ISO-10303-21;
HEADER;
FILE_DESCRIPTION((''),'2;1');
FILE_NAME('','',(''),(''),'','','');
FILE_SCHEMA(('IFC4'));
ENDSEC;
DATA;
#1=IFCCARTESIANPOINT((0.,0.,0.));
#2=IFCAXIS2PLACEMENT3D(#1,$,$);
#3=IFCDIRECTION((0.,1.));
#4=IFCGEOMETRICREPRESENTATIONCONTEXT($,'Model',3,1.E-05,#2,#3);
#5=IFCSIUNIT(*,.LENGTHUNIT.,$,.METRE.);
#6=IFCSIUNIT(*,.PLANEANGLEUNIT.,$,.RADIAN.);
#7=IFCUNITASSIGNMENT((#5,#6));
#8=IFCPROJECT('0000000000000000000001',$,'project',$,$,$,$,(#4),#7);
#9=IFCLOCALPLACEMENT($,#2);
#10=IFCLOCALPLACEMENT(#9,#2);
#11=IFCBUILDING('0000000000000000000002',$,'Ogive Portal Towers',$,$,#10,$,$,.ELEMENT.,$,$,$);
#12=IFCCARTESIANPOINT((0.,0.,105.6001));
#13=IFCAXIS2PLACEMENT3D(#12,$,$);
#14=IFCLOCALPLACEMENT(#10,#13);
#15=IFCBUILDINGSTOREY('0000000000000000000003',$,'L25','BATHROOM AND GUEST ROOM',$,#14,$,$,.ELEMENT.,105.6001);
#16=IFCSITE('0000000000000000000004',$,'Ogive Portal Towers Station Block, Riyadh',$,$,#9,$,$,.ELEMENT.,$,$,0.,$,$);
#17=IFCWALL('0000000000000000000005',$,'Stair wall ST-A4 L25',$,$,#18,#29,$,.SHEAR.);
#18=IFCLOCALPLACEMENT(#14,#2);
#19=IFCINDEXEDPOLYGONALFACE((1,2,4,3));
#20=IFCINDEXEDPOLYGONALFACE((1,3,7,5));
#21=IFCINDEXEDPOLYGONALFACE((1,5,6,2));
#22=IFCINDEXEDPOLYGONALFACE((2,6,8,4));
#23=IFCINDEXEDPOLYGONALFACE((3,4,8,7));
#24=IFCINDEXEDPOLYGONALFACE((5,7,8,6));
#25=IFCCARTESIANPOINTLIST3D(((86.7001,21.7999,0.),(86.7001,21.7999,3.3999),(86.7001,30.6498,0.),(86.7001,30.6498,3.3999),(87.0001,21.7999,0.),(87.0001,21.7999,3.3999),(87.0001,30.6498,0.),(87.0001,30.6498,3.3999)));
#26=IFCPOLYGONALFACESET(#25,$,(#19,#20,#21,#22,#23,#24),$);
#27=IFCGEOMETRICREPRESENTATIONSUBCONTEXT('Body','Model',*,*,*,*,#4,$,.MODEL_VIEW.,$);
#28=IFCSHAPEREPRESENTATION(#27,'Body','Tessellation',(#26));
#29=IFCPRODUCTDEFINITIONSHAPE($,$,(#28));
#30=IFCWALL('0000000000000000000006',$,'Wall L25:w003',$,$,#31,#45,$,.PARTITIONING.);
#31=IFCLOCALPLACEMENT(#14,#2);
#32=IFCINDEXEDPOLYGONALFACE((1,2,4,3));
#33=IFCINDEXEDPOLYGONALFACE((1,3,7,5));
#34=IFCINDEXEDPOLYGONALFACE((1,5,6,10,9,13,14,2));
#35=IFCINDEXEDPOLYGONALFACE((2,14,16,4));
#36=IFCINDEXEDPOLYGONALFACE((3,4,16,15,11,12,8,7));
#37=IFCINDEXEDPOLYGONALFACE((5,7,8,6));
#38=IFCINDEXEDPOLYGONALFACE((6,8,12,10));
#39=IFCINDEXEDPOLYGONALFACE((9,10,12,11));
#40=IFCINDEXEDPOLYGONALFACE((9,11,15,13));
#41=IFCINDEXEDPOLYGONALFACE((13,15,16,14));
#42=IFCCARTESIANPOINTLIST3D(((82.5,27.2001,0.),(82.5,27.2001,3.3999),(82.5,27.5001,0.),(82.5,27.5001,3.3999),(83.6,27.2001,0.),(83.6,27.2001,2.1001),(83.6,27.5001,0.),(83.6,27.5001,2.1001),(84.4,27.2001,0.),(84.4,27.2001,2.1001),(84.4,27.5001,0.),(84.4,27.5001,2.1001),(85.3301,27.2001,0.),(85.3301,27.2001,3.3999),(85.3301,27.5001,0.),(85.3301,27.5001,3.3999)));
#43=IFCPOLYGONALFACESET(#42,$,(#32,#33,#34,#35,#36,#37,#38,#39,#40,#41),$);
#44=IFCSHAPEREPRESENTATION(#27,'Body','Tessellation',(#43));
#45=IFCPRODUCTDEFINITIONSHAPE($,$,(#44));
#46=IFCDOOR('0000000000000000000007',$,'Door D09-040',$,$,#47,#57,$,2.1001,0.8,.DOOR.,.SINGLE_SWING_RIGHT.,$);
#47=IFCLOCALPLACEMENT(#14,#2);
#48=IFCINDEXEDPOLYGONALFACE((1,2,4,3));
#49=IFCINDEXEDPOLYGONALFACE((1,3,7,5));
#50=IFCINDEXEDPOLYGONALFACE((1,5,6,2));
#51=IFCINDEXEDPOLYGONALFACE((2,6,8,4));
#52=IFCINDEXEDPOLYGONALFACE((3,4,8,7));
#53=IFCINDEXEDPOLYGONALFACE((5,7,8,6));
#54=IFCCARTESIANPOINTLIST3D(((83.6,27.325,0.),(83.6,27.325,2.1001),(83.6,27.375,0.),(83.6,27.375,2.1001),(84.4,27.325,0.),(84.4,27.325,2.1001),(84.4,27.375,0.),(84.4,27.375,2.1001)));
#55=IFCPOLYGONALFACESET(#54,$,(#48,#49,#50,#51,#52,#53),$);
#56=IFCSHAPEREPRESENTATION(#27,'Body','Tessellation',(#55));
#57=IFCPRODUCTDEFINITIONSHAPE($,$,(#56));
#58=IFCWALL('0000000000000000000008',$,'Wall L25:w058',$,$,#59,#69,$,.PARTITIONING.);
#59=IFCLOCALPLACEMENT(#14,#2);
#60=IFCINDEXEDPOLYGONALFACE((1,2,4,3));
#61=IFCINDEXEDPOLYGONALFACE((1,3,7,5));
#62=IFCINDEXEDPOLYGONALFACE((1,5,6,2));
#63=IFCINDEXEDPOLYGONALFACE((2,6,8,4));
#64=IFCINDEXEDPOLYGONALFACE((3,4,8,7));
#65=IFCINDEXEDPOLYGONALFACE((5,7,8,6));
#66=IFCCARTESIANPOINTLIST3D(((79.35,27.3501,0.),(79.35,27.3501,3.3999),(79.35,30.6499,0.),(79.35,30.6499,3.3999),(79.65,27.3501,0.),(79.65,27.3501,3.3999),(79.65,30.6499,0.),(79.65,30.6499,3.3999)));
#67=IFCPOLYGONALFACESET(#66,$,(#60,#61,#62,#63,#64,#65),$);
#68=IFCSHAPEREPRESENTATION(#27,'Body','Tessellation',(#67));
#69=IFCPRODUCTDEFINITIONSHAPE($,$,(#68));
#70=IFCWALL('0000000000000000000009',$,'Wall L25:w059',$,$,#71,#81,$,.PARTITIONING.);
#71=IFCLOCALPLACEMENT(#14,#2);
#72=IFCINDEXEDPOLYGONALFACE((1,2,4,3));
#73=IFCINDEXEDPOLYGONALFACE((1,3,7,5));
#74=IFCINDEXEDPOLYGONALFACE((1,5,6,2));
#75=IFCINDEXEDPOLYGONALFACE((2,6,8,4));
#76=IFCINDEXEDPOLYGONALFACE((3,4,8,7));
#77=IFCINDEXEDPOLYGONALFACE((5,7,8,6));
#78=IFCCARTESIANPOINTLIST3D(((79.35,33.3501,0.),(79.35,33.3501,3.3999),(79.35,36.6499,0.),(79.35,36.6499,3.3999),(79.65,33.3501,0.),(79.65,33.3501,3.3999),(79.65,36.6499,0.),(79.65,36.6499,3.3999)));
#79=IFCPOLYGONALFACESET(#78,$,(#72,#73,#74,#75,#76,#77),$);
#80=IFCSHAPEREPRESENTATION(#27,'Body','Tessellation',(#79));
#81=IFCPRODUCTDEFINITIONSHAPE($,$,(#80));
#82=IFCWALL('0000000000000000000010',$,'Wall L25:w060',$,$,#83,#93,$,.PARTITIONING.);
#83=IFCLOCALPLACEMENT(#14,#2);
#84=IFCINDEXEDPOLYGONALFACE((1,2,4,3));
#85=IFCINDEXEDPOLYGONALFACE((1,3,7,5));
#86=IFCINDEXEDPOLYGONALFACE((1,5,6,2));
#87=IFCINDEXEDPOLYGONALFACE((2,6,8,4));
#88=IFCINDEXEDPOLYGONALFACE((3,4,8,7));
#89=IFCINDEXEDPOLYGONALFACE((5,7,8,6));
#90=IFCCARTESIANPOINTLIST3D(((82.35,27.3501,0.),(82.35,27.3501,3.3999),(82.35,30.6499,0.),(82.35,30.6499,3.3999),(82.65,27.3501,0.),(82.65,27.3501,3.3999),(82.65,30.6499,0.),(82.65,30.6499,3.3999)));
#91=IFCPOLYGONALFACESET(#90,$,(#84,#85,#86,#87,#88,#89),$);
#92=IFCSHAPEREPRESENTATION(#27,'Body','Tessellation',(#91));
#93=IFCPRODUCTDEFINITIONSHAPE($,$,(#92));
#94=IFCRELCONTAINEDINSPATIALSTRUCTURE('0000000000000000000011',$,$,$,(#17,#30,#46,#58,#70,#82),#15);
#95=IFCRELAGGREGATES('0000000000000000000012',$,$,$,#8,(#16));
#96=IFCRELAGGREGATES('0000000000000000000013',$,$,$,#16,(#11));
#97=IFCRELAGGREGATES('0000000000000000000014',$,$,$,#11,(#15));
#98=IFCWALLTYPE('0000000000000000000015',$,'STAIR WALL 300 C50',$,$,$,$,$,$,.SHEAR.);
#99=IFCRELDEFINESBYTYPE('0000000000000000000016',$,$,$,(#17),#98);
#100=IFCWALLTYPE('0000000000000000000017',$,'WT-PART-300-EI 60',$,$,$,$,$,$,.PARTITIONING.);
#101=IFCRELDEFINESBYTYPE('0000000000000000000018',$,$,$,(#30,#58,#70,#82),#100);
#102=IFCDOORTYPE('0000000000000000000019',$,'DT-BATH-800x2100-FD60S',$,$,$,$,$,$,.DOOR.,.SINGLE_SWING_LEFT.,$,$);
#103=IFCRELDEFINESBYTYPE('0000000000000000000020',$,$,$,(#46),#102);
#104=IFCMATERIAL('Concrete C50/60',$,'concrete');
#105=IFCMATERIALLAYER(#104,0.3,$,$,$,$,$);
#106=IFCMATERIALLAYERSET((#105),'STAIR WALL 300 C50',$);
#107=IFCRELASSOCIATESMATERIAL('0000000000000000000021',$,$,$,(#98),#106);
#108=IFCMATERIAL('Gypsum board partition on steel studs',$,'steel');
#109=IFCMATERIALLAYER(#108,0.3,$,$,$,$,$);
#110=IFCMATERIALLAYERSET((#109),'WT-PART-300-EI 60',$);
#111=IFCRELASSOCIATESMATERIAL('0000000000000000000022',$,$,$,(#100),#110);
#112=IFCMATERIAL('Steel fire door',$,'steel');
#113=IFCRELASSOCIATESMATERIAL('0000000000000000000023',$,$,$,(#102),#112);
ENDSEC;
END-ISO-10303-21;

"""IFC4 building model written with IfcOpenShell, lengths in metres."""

from ifc_helpers import new_model, si_unit, direction, frame, frame_2d, origin, place, context, subcontext, project, spatial, rectangle, extrude, material, layer, layer_set, type_object, element, fill, save


model = new_model("IFC4")

# Units and contexts
model_context = context("Model", 3, precision=1e-05, world=origin(), true_north=direction((0.0, 1.0)))
body_context = subcontext(model_context, "Body", "Model", "MODEL_VIEW")
ifc_project = project(units=[si_unit("LENGTHUNIT", "METRE"), si_unit("PLANEANGLEUNIT", "RADIAN")], contexts=[model_context])

# Site, building, storey
site_placement = place(None, origin())
site = spatial("IfcSite", under=ifc_project, at=site_placement, Name="Ogive Portal Towers Station Block, Riyadh", CompositionType="ELEMENT", RefElevation=0.0)
building_placement = place(site_placement, origin())
building = spatial("IfcBuilding", under=site, at=building_placement, Name="Ogive Portal Towers", CompositionType="ELEMENT")
storey_placement = place(building_placement, frame((0.0, 0.0, 105.6001)))
storey = spatial("IfcBuildingStorey", under=building, at=storey_placement, Name="L25", Description="BATHROOM AND GUEST ROOM", CompositionType="ELEMENT", Elevation=105.6001)

# Shared definitions
ifc_material_1 = material(Name="Steel fire door", Category="steel")

# Shared definitions
ifc_material_2 = material(Name="Concrete C50/60", Category="concrete")
ifc_layer_1 = layer(ifc_material_2, 0.3)
ifc_layer_set_1 = layer_set([ifc_layer_1], Name="STAIR WALL 300 C50")
wall_type_1 = type_object("IfcWallType", Name="STAIR WALL 300 C50", PredefinedType="SHEAR", material=ifc_layer_set_1)

# Wall
wall_1_placement = place(storey_placement, frame((86.8501, 21.8, 0.0), z_axis=(0.0, 0.0, 1.0), x_axis=(0.0, 1.0, 0.0)))
element("IfcWall", 1, at=wall_1_placement, inside=storey, type_object=wall_type_1, Name="Stair wall ST-A4 L25", PredefinedType="SHEAR", context=body_context, shape_type="SweptSolid", body=[
    extrude(rectangle(XDim=8.8499, YDim=0.3, at=frame_2d((4.4248, 0.0))), origin(), (0.0, 0.0, 1.0), 3.3999),
])

# Wall, opening, door
ifc_material_3 = material(Name="Gypsum board partition on steel studs", Category="steel")
ifc_layer_2 = layer(ifc_material_3, 0.3)
ifc_layer_set_2 = layer_set([ifc_layer_2], Name="WT-PART-300-EI 60")
wall_type_2 = type_object("IfcWallType", Name="WT-PART-300-EI 60", PredefinedType="PARTITIONING", material=ifc_layer_set_2)
wall_2_placement = place(storey_placement, frame((82.5, 27.3501, 0.0), z_axis=(0.0, 0.0, 1.0), x_axis=(1.0, 0.0, 0.0)))
wall_2 = element("IfcWall", 2, at=wall_2_placement, inside=storey, type_object=wall_type_2, Name="Wall L25:w003", PredefinedType="PARTITIONING", context=body_context, shape_type="SweptSolid", body=[
    extrude(rectangle(XDim=2.8301, YDim=0.3, at=frame_2d((1.415, 0.0))), origin(), (0.0, 0.0, 1.0), 3.3999),
])
opening_1_placement = place(wall_2_placement, frame((1.1001, 0.0, 0.0)))
opening_1 = element("IfcOpeningElement", 3, at=opening_1_placement, cuts=wall_2, PredefinedType="OPENING", context=body_context, shape_type="SweptSolid", body=[
    extrude(rectangle(XDim=0.8, YDim=2.1001, at=frame_2d((0.3999, 1.05))), frame((0.0, 0.1602, 0.0), z_axis=(0.0, -1.0, 0.0), x_axis=(1.0, 0.0, 0.0)), (0.0, 0.0, 1.0), 0.3201),
])
door_type_1 = type_object("IfcDoorType", Name="DT-BATH-800x2100-FD60S", OperationType="SINGLE_SWING_LEFT", PredefinedType="DOOR", material=ifc_material_1)
door_1_placement = place(opening_1_placement, origin())
door_1 = element("IfcDoor", 4, at=door_1_placement, inside=storey, type_object=door_type_1, Name="Door D09-040", OperationType="SINGLE_SWING_RIGHT", OverallHeight=2.1001, OverallWidth=0.8, PredefinedType="DOOR", context=body_context, shape_type="SweptSolid", body=[
    extrude(rectangle(XDim=0.8, YDim=2.1001, at=frame_2d((0.3999, 1.05))), frame((0.0, 0.0249, 0.0), z_axis=(0.0, -1.0, 0.0), x_axis=(1.0, 0.0, 0.0)), (0.0, 0.0, 1.0), 0.05),
])
fill(opening_1, door_1)

# Walls
for number, where, z_axis, x_axis, name in (
    (5, (79.5, 27.3501, 0.0), (0.0, 0.0, 1.0), (0.0, 1.0, 0.0), "Wall L25:w058"),
    (6, (79.5, 33.3501, 0.0), (0.0, 0.0, 1.0), (0.0, 1.0, 0.0), "Wall L25:w059"),
    (7, (82.5, 27.3501, 0.0), (0.0, 0.0, 1.0), (0.0, 1.0, 0.0), "Wall L25:w060"),
):
    element("IfcWall", number, at=place(storey_placement, frame(where, z_axis=z_axis, x_axis=x_axis)), inside=storey, type_object=wall_type_2, Name=name, PredefinedType="PARTITIONING", context=body_context, shape_type="SweptSolid", body=[
        extrude(rectangle(XDim=3.2998, YDim=0.3, at=frame_2d((1.6499, 0.0))), origin(), (0.0, 0.0, 1.0), 3.3999),
    ])

save(model, "model.ifc")
